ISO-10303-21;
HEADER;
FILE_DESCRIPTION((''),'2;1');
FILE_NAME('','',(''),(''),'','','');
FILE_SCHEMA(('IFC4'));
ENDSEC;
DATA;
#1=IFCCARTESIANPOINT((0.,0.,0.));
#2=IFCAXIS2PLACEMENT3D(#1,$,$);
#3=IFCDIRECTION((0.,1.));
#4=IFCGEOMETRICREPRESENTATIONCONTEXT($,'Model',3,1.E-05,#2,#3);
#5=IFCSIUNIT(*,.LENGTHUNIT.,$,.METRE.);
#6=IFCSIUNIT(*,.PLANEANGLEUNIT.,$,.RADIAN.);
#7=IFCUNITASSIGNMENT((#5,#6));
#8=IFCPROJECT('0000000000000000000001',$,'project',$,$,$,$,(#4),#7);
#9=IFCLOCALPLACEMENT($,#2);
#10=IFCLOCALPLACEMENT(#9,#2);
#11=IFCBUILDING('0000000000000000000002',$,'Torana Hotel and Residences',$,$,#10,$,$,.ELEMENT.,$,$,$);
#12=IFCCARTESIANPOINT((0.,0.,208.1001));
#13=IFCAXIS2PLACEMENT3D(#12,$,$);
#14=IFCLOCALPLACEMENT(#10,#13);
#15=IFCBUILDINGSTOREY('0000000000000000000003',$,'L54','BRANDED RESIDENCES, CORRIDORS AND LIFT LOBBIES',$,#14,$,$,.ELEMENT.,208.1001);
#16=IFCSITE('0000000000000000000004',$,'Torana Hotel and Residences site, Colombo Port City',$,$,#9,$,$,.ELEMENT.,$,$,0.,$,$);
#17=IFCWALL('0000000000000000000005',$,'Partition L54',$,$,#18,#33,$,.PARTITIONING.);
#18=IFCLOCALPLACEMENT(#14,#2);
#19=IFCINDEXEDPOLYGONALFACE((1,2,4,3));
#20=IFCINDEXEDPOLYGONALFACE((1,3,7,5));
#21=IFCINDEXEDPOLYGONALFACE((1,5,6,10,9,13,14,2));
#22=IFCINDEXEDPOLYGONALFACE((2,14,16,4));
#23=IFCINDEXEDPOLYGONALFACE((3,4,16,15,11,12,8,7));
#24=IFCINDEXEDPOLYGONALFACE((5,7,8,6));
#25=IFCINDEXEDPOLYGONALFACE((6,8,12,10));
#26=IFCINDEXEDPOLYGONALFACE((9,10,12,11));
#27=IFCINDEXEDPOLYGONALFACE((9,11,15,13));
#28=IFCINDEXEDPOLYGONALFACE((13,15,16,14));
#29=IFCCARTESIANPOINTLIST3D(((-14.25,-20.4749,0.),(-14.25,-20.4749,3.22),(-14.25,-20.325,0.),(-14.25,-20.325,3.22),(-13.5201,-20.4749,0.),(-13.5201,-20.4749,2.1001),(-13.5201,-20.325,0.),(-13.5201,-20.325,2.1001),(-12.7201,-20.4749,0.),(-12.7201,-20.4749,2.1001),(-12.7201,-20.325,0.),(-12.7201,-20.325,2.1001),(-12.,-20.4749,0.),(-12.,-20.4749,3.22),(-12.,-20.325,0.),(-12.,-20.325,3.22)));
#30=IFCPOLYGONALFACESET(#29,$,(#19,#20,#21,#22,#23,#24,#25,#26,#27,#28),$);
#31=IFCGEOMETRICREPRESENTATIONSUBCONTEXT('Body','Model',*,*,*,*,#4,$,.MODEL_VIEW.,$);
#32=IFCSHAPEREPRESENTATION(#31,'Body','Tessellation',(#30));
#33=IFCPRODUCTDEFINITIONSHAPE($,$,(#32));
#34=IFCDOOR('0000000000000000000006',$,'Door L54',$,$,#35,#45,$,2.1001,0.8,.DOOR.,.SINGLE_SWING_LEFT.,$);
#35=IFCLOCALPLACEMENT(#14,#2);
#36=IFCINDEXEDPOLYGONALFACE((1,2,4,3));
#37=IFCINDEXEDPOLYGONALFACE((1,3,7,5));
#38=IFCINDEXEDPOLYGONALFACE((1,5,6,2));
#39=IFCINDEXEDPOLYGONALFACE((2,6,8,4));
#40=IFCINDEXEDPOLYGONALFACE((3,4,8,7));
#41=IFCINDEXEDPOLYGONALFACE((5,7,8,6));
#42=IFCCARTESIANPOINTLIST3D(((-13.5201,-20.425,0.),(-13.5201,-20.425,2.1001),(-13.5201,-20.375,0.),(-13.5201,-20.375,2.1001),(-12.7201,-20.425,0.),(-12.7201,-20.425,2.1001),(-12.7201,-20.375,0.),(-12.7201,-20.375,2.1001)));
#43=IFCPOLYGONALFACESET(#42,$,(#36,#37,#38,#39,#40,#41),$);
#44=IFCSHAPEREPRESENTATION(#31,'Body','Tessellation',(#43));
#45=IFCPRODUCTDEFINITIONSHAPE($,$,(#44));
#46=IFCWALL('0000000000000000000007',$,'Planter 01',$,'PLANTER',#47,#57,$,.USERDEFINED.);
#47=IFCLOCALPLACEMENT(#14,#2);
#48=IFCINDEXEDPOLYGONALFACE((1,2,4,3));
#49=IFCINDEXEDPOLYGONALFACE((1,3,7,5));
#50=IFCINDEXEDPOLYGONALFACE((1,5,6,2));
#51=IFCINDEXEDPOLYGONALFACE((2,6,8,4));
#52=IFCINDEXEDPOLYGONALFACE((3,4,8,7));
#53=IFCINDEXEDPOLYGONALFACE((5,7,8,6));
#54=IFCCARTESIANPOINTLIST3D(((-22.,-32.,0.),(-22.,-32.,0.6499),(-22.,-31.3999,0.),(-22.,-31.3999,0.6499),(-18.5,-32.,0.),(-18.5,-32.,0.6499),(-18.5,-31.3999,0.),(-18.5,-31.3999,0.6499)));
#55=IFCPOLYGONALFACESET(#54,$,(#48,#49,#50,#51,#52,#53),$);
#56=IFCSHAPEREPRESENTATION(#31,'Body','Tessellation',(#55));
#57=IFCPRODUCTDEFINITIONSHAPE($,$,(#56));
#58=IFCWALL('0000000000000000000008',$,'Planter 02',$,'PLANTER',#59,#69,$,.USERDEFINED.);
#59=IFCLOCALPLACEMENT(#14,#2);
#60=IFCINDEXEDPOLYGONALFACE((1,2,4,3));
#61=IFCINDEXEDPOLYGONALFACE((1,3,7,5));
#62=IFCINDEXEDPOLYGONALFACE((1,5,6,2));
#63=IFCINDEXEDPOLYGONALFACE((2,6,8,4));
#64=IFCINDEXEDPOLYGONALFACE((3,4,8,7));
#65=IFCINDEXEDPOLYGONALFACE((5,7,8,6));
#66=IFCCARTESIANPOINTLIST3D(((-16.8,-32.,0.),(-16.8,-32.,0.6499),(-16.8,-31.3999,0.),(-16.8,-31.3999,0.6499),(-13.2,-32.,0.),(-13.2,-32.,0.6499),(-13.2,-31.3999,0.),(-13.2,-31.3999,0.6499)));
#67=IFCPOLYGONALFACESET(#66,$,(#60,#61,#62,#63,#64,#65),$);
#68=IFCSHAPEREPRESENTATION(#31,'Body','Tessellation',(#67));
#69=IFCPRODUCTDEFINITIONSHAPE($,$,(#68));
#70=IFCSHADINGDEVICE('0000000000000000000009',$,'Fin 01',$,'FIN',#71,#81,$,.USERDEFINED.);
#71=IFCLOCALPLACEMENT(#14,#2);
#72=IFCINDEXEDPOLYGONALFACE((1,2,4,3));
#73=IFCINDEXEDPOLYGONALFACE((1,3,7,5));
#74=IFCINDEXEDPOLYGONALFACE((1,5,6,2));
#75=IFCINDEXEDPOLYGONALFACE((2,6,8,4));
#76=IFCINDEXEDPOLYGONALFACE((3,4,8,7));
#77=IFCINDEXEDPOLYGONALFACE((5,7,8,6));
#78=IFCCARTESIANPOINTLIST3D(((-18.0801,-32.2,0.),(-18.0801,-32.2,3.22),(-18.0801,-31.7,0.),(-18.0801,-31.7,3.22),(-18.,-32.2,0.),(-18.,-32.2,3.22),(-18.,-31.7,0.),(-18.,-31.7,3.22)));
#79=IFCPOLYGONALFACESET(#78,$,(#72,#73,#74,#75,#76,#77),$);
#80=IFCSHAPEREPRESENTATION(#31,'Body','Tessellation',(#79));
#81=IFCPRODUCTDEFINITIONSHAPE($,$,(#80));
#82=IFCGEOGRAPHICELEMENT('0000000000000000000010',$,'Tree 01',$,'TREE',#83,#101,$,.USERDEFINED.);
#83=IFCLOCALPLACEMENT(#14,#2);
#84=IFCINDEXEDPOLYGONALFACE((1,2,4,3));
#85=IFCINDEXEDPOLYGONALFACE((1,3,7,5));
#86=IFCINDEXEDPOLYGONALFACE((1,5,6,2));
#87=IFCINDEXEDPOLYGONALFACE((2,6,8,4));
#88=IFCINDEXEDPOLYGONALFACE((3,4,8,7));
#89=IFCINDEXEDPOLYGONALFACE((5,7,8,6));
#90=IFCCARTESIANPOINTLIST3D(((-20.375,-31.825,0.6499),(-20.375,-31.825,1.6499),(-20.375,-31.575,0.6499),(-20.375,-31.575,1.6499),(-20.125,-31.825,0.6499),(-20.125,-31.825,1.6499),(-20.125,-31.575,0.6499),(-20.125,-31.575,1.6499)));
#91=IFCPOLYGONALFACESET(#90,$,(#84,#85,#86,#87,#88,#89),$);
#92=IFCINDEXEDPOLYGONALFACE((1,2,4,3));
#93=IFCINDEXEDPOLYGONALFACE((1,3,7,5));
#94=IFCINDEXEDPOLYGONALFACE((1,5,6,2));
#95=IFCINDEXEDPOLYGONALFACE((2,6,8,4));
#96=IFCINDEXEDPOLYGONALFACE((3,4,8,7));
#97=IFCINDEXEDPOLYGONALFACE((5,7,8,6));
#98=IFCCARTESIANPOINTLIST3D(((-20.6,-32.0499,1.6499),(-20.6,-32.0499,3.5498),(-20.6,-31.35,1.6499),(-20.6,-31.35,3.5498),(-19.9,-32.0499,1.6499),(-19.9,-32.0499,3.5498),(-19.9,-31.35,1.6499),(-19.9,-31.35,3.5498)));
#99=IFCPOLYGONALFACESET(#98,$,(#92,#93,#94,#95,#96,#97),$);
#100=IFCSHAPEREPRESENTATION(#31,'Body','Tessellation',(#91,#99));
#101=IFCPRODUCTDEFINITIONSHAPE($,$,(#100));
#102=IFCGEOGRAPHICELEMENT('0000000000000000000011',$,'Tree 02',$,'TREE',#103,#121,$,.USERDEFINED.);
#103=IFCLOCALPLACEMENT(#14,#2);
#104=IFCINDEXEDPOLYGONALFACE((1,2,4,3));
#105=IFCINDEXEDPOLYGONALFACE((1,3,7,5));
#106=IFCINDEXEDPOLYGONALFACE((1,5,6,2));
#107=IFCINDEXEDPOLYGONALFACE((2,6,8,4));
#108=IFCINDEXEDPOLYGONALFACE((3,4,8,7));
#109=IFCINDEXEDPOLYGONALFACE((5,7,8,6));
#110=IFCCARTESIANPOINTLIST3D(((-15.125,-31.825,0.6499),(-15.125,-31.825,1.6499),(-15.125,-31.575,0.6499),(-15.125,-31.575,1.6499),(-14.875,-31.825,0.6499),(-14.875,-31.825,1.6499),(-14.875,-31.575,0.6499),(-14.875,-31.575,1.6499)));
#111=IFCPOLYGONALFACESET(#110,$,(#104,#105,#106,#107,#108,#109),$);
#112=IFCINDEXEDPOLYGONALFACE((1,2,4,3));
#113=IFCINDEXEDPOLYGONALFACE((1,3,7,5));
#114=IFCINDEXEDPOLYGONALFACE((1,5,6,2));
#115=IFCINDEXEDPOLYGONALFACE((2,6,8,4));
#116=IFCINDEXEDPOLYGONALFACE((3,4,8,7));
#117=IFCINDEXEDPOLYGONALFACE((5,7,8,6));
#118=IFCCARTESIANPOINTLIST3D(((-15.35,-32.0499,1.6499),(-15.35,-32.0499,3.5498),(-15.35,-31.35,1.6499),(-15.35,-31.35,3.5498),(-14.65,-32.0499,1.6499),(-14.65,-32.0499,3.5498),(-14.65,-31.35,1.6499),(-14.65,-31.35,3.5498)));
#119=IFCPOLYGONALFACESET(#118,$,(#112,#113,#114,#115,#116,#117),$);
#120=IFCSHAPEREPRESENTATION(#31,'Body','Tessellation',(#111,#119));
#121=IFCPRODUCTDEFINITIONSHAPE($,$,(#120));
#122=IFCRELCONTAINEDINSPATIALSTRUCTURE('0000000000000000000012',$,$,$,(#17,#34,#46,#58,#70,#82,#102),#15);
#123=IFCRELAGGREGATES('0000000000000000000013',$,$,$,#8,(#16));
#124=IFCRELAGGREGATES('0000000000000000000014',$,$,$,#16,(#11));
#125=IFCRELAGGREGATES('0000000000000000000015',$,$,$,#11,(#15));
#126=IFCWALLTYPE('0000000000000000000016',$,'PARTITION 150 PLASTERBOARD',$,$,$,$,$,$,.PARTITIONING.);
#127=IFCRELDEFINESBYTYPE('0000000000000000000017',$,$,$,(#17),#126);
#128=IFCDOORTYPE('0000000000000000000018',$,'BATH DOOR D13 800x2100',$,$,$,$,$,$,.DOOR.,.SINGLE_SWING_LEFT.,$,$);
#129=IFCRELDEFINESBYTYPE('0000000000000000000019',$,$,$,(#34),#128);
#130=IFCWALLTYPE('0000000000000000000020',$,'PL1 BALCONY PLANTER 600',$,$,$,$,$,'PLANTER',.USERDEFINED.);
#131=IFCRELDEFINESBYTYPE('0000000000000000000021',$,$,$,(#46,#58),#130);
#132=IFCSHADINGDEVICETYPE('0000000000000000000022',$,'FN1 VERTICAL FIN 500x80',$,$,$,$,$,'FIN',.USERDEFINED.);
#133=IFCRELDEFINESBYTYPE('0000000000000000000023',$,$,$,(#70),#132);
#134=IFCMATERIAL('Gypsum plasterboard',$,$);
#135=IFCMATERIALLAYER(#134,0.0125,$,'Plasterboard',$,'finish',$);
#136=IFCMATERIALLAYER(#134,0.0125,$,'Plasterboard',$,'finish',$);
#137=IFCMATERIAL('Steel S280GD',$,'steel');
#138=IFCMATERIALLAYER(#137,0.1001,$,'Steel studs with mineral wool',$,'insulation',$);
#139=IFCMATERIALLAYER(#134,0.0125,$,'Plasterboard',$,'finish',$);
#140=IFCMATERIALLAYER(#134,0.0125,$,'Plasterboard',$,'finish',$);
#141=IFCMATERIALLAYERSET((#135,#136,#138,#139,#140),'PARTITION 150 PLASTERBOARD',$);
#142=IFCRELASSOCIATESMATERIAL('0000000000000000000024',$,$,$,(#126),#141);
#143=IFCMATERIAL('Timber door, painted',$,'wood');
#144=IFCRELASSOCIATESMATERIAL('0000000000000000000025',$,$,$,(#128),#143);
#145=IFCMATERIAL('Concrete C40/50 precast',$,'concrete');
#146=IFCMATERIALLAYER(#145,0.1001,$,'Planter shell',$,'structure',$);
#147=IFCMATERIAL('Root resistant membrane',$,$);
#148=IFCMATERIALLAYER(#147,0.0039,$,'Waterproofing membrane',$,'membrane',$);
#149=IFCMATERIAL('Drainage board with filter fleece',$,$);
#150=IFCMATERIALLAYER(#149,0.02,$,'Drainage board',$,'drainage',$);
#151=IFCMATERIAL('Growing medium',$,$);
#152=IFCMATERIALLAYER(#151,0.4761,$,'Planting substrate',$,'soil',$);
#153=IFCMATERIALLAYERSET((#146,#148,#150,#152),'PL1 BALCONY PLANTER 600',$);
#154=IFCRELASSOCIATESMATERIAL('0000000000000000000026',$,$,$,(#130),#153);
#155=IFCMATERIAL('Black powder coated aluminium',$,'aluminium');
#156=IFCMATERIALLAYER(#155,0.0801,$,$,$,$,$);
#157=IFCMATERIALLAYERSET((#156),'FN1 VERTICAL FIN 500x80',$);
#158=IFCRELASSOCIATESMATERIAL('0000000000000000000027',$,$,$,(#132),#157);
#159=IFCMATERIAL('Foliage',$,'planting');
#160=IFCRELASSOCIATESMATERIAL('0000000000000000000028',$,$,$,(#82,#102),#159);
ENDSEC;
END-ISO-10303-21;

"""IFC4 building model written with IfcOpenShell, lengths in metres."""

from ifc_helpers import new_model, si_unit, direction, frame, frame_2d, origin, origin_2d, place, context, subcontext, project, spatial, rectangle, extrude, material, layer, layer_set, type_object, element, fill, save


model = new_model("IFC4")

# Units and contexts
model_context = context("Model", 3, precision=1e-05, world=origin(), true_north=direction((0.0, 1.0)))
body_context = subcontext(model_context, "Body", "Model", "MODEL_VIEW")
ifc_project = project(units=[si_unit("LENGTHUNIT", "METRE"), si_unit("PLANEANGLEUNIT", "RADIAN")], contexts=[model_context])

# Site, building, storey
site_placement = place(None, origin())
site = spatial("IfcSite", under=ifc_project, at=site_placement, Name="Torana Hotel and Residences site, Colombo Port City", CompositionType="ELEMENT", RefElevation=0.0)
building_placement = place(site_placement, origin())
building = spatial("IfcBuilding", under=site, at=building_placement, Name="Torana Hotel and Residences", CompositionType="ELEMENT")
storey_placement = place(building_placement, frame((0.0, 0.0, 208.1001)))
storey = spatial("IfcBuildingStorey", under=building, at=storey_placement, Name="L54", Description="BRANDED RESIDENCES, CORRIDORS AND LIFT LOBBIES", CompositionType="ELEMENT", Elevation=208.1001)

# Shared definitions
ifc_material_1 = material(Name="Gypsum plasterboard")
ifc_layer_1 = layer(ifc_material_1, 0.0125, Name="Plasterboard", Category="finish")
ifc_layer_2 = layer(ifc_material_1, 0.0125, Name="Plasterboard", Category="finish")
ifc_material_2 = material(Name="Steel S280GD", Category="steel")
ifc_layer_3 = layer(ifc_material_2, 0.1001, Name="Steel studs with mineral wool", Category="insulation")
ifc_layer_4 = layer(ifc_material_1, 0.0125, Name="Plasterboard", Category="finish")
ifc_layer_5 = layer(ifc_material_1, 0.0125, Name="Plasterboard", Category="finish")
ifc_layer_set_1 = layer_set([ifc_layer_1, ifc_layer_2, ifc_layer_3, ifc_layer_4, ifc_layer_5], Name="PARTITION 150 PLASTERBOARD")
wall_type_1 = type_object("IfcWallType", Name="PARTITION 150 PLASTERBOARD", PredefinedType="PARTITIONING", material=ifc_layer_set_1)

# Wall, opening, door
wall_1_placement = place(storey_placement, frame((-14.25, -20.3999, 0.0), z_axis=(0.0, 0.0, 1.0), x_axis=(1.0, 0.0, 0.0)))
wall_1 = element("IfcWall", 1, at=wall_1_placement, inside=storey, type_object=wall_type_1, Name="Partition L54", PredefinedType="PARTITIONING", context=body_context, shape_type="SweptSolid", body=[
    extrude(rectangle(XDim=2.25, YDim=0.1499, at=frame_2d((1.125, 0.0))), origin(), (0.0, 0.0, 1.0), 3.22),
])
opening_1_placement = place(wall_1_placement, frame((0.73, 0.0, 0.0)))
opening_1 = element("IfcOpeningElement", 2, at=opening_1_placement, cuts=wall_1, PredefinedType="OPENING", context=body_context, shape_type="SweptSolid", body=[
    extrude(rectangle(XDim=0.8, YDim=2.1001, at=frame_2d((0.3999, 1.05))), frame((0.0, 0.085, 0.0), z_axis=(0.0, -1.0, 0.0), x_axis=(1.0, 0.0, 0.0)), (0.0, 0.0, 1.0), 0.1699),
])
ifc_material_3 = material(Name="Timber door, painted", Category="wood")
door_type_1 = type_object("IfcDoorType", Name="BATH DOOR D13 800x2100", OperationType="SINGLE_SWING_LEFT", PredefinedType="DOOR", material=ifc_material_3)
door_1_placement = place(opening_1_placement, origin())
door_1 = element("IfcDoor", 3, at=door_1_placement, inside=storey, type_object=door_type_1, Name="Door L54", OperationType="SINGLE_SWING_LEFT", OverallHeight=2.1001, OverallWidth=0.8, PredefinedType="DOOR", context=body_context, shape_type="SweptSolid", body=[
    extrude(rectangle(XDim=0.8, YDim=2.1001, at=frame_2d((0.3999, 1.05))), frame((0.0, 0.0249, 0.0), z_axis=(0.0, -1.0, 0.0), x_axis=(1.0, 0.0, 0.0)), (0.0, 0.0, 1.0), 0.05),
])
fill(opening_1, door_1)

# Walls
ifc_material_4 = material(Name="Concrete C40/50 precast", Category="concrete")
ifc_layer_6 = layer(ifc_material_4, 0.1001, Name="Planter shell", Category="structure")
ifc_material_5 = material(Name="Root resistant membrane")
ifc_layer_7 = layer(ifc_material_5, 0.0039, Name="Waterproofing membrane", Category="membrane")
ifc_material_6 = material(Name="Drainage board with filter fleece")
ifc_layer_8 = layer(ifc_material_6, 0.02, Name="Drainage board", Category="drainage")
ifc_material_7 = material(Name="Growing medium")
ifc_layer_9 = layer(ifc_material_7, 0.4761, Name="Planting substrate", Category="soil")
ifc_layer_set_2 = layer_set([ifc_layer_6, ifc_layer_7, ifc_layer_8, ifc_layer_9], Name="PL1 BALCONY PLANTER 600")
wall_type_2 = type_object("IfcWallType", Name="PL1 BALCONY PLANTER 600", ElementType="PLANTER", PredefinedType="USERDEFINED", material=ifc_layer_set_2)
wall_2_placement = place(storey_placement, frame((-18.5, -31.7, 0.0), z_axis=(0.0, 0.0, 1.0), x_axis=(-1.0, 0.0, 0.0)))
element("IfcWall", 4, at=wall_2_placement, inside=storey, type_object=wall_type_2, Name="Planter 01", ObjectType="PLANTER", PredefinedType="USERDEFINED", context=body_context, shape_type="SweptSolid", body=[
    extrude(rectangle(XDim=3.5, YDim=0.6001, at=frame_2d((1.75, 0.0))), origin(), (0.0, 0.0, 1.0), 0.6499),
])
wall_3_placement = place(storey_placement, frame((-13.2, -31.7, 0.0), z_axis=(0.0, 0.0, 1.0), x_axis=(-1.0, 0.0, 0.0)))
element("IfcWall", 5, at=wall_3_placement, inside=storey, type_object=wall_type_2, Name="Planter 02", ObjectType="PLANTER", PredefinedType="USERDEFINED", context=body_context, shape_type="SweptSolid", body=[
    extrude(rectangle(XDim=3.6001, YDim=0.6001, at=frame_2d((1.8, 0.0))), origin(), (0.0, 0.0, 1.0), 0.6499),
])

# Shading device
ifc_material_8 = material(Name="Black powder coated aluminium", Category="aluminium")
ifc_layer_10 = layer(ifc_material_8, 0.0801)
ifc_layer_set_3 = layer_set([ifc_layer_10], Name="FN1 VERTICAL FIN 500x80")
shading_device_type = type_object("IfcShadingDeviceType", Name="FN1 VERTICAL FIN 500x80", ElementType="FIN", PredefinedType="USERDEFINED", material=ifc_layer_set_3)
shading_device_placement = place(storey_placement, frame((-18.04, -31.95, 0.0), z_axis=(0.0, 0.0, 1.0), x_axis=(-1.0, 0.0, 0.0)))
element("IfcShadingDevice", 6, at=shading_device_placement, inside=storey, type_object=shading_device_type, Name="Fin 01", ObjectType="FIN", PredefinedType="USERDEFINED", context=body_context, shape_type="SweptSolid", body=[
    extrude(rectangle(XDim=0.0801, YDim=0.5, at=origin_2d()), origin(), (0.0, 0.0, 1.0), 3.22),
])

# Geographic elements
ifc_material_9 = material(Name="Foliage", Category="planting")
for number, where, z_axis, x_axis, name in (
    (7, (-20.25, -31.7, 0.6499), (0.0, 0.0, 1.0), (1.0, 0.0, 0.0), "Tree 01"),
    (8, (-15.0, -31.7, 0.6499), (0.0, 0.0, 1.0), (1.0, 0.0, 0.0), "Tree 02"),
):
    element("IfcGeographicElement", number, at=place(storey_placement, frame(where, z_axis=z_axis, x_axis=x_axis)), inside=storey, material=ifc_material_9, Name=name, ObjectType="TREE", PredefinedType="USERDEFINED", context=body_context, shape_type="SweptSolid", body=[
        extrude(rectangle(XDim=0.25, YDim=0.25, at=origin_2d()), origin(), (0.0, 0.0, 1.0), 1.0),
        extrude(rectangle(XDim=0.7, YDim=0.7, at=origin_2d()), frame((0.0, 0.0, 1.0)), (0.0, 0.0, 1.0), 1.8999),
    ])

save(model, "model.ifc")
